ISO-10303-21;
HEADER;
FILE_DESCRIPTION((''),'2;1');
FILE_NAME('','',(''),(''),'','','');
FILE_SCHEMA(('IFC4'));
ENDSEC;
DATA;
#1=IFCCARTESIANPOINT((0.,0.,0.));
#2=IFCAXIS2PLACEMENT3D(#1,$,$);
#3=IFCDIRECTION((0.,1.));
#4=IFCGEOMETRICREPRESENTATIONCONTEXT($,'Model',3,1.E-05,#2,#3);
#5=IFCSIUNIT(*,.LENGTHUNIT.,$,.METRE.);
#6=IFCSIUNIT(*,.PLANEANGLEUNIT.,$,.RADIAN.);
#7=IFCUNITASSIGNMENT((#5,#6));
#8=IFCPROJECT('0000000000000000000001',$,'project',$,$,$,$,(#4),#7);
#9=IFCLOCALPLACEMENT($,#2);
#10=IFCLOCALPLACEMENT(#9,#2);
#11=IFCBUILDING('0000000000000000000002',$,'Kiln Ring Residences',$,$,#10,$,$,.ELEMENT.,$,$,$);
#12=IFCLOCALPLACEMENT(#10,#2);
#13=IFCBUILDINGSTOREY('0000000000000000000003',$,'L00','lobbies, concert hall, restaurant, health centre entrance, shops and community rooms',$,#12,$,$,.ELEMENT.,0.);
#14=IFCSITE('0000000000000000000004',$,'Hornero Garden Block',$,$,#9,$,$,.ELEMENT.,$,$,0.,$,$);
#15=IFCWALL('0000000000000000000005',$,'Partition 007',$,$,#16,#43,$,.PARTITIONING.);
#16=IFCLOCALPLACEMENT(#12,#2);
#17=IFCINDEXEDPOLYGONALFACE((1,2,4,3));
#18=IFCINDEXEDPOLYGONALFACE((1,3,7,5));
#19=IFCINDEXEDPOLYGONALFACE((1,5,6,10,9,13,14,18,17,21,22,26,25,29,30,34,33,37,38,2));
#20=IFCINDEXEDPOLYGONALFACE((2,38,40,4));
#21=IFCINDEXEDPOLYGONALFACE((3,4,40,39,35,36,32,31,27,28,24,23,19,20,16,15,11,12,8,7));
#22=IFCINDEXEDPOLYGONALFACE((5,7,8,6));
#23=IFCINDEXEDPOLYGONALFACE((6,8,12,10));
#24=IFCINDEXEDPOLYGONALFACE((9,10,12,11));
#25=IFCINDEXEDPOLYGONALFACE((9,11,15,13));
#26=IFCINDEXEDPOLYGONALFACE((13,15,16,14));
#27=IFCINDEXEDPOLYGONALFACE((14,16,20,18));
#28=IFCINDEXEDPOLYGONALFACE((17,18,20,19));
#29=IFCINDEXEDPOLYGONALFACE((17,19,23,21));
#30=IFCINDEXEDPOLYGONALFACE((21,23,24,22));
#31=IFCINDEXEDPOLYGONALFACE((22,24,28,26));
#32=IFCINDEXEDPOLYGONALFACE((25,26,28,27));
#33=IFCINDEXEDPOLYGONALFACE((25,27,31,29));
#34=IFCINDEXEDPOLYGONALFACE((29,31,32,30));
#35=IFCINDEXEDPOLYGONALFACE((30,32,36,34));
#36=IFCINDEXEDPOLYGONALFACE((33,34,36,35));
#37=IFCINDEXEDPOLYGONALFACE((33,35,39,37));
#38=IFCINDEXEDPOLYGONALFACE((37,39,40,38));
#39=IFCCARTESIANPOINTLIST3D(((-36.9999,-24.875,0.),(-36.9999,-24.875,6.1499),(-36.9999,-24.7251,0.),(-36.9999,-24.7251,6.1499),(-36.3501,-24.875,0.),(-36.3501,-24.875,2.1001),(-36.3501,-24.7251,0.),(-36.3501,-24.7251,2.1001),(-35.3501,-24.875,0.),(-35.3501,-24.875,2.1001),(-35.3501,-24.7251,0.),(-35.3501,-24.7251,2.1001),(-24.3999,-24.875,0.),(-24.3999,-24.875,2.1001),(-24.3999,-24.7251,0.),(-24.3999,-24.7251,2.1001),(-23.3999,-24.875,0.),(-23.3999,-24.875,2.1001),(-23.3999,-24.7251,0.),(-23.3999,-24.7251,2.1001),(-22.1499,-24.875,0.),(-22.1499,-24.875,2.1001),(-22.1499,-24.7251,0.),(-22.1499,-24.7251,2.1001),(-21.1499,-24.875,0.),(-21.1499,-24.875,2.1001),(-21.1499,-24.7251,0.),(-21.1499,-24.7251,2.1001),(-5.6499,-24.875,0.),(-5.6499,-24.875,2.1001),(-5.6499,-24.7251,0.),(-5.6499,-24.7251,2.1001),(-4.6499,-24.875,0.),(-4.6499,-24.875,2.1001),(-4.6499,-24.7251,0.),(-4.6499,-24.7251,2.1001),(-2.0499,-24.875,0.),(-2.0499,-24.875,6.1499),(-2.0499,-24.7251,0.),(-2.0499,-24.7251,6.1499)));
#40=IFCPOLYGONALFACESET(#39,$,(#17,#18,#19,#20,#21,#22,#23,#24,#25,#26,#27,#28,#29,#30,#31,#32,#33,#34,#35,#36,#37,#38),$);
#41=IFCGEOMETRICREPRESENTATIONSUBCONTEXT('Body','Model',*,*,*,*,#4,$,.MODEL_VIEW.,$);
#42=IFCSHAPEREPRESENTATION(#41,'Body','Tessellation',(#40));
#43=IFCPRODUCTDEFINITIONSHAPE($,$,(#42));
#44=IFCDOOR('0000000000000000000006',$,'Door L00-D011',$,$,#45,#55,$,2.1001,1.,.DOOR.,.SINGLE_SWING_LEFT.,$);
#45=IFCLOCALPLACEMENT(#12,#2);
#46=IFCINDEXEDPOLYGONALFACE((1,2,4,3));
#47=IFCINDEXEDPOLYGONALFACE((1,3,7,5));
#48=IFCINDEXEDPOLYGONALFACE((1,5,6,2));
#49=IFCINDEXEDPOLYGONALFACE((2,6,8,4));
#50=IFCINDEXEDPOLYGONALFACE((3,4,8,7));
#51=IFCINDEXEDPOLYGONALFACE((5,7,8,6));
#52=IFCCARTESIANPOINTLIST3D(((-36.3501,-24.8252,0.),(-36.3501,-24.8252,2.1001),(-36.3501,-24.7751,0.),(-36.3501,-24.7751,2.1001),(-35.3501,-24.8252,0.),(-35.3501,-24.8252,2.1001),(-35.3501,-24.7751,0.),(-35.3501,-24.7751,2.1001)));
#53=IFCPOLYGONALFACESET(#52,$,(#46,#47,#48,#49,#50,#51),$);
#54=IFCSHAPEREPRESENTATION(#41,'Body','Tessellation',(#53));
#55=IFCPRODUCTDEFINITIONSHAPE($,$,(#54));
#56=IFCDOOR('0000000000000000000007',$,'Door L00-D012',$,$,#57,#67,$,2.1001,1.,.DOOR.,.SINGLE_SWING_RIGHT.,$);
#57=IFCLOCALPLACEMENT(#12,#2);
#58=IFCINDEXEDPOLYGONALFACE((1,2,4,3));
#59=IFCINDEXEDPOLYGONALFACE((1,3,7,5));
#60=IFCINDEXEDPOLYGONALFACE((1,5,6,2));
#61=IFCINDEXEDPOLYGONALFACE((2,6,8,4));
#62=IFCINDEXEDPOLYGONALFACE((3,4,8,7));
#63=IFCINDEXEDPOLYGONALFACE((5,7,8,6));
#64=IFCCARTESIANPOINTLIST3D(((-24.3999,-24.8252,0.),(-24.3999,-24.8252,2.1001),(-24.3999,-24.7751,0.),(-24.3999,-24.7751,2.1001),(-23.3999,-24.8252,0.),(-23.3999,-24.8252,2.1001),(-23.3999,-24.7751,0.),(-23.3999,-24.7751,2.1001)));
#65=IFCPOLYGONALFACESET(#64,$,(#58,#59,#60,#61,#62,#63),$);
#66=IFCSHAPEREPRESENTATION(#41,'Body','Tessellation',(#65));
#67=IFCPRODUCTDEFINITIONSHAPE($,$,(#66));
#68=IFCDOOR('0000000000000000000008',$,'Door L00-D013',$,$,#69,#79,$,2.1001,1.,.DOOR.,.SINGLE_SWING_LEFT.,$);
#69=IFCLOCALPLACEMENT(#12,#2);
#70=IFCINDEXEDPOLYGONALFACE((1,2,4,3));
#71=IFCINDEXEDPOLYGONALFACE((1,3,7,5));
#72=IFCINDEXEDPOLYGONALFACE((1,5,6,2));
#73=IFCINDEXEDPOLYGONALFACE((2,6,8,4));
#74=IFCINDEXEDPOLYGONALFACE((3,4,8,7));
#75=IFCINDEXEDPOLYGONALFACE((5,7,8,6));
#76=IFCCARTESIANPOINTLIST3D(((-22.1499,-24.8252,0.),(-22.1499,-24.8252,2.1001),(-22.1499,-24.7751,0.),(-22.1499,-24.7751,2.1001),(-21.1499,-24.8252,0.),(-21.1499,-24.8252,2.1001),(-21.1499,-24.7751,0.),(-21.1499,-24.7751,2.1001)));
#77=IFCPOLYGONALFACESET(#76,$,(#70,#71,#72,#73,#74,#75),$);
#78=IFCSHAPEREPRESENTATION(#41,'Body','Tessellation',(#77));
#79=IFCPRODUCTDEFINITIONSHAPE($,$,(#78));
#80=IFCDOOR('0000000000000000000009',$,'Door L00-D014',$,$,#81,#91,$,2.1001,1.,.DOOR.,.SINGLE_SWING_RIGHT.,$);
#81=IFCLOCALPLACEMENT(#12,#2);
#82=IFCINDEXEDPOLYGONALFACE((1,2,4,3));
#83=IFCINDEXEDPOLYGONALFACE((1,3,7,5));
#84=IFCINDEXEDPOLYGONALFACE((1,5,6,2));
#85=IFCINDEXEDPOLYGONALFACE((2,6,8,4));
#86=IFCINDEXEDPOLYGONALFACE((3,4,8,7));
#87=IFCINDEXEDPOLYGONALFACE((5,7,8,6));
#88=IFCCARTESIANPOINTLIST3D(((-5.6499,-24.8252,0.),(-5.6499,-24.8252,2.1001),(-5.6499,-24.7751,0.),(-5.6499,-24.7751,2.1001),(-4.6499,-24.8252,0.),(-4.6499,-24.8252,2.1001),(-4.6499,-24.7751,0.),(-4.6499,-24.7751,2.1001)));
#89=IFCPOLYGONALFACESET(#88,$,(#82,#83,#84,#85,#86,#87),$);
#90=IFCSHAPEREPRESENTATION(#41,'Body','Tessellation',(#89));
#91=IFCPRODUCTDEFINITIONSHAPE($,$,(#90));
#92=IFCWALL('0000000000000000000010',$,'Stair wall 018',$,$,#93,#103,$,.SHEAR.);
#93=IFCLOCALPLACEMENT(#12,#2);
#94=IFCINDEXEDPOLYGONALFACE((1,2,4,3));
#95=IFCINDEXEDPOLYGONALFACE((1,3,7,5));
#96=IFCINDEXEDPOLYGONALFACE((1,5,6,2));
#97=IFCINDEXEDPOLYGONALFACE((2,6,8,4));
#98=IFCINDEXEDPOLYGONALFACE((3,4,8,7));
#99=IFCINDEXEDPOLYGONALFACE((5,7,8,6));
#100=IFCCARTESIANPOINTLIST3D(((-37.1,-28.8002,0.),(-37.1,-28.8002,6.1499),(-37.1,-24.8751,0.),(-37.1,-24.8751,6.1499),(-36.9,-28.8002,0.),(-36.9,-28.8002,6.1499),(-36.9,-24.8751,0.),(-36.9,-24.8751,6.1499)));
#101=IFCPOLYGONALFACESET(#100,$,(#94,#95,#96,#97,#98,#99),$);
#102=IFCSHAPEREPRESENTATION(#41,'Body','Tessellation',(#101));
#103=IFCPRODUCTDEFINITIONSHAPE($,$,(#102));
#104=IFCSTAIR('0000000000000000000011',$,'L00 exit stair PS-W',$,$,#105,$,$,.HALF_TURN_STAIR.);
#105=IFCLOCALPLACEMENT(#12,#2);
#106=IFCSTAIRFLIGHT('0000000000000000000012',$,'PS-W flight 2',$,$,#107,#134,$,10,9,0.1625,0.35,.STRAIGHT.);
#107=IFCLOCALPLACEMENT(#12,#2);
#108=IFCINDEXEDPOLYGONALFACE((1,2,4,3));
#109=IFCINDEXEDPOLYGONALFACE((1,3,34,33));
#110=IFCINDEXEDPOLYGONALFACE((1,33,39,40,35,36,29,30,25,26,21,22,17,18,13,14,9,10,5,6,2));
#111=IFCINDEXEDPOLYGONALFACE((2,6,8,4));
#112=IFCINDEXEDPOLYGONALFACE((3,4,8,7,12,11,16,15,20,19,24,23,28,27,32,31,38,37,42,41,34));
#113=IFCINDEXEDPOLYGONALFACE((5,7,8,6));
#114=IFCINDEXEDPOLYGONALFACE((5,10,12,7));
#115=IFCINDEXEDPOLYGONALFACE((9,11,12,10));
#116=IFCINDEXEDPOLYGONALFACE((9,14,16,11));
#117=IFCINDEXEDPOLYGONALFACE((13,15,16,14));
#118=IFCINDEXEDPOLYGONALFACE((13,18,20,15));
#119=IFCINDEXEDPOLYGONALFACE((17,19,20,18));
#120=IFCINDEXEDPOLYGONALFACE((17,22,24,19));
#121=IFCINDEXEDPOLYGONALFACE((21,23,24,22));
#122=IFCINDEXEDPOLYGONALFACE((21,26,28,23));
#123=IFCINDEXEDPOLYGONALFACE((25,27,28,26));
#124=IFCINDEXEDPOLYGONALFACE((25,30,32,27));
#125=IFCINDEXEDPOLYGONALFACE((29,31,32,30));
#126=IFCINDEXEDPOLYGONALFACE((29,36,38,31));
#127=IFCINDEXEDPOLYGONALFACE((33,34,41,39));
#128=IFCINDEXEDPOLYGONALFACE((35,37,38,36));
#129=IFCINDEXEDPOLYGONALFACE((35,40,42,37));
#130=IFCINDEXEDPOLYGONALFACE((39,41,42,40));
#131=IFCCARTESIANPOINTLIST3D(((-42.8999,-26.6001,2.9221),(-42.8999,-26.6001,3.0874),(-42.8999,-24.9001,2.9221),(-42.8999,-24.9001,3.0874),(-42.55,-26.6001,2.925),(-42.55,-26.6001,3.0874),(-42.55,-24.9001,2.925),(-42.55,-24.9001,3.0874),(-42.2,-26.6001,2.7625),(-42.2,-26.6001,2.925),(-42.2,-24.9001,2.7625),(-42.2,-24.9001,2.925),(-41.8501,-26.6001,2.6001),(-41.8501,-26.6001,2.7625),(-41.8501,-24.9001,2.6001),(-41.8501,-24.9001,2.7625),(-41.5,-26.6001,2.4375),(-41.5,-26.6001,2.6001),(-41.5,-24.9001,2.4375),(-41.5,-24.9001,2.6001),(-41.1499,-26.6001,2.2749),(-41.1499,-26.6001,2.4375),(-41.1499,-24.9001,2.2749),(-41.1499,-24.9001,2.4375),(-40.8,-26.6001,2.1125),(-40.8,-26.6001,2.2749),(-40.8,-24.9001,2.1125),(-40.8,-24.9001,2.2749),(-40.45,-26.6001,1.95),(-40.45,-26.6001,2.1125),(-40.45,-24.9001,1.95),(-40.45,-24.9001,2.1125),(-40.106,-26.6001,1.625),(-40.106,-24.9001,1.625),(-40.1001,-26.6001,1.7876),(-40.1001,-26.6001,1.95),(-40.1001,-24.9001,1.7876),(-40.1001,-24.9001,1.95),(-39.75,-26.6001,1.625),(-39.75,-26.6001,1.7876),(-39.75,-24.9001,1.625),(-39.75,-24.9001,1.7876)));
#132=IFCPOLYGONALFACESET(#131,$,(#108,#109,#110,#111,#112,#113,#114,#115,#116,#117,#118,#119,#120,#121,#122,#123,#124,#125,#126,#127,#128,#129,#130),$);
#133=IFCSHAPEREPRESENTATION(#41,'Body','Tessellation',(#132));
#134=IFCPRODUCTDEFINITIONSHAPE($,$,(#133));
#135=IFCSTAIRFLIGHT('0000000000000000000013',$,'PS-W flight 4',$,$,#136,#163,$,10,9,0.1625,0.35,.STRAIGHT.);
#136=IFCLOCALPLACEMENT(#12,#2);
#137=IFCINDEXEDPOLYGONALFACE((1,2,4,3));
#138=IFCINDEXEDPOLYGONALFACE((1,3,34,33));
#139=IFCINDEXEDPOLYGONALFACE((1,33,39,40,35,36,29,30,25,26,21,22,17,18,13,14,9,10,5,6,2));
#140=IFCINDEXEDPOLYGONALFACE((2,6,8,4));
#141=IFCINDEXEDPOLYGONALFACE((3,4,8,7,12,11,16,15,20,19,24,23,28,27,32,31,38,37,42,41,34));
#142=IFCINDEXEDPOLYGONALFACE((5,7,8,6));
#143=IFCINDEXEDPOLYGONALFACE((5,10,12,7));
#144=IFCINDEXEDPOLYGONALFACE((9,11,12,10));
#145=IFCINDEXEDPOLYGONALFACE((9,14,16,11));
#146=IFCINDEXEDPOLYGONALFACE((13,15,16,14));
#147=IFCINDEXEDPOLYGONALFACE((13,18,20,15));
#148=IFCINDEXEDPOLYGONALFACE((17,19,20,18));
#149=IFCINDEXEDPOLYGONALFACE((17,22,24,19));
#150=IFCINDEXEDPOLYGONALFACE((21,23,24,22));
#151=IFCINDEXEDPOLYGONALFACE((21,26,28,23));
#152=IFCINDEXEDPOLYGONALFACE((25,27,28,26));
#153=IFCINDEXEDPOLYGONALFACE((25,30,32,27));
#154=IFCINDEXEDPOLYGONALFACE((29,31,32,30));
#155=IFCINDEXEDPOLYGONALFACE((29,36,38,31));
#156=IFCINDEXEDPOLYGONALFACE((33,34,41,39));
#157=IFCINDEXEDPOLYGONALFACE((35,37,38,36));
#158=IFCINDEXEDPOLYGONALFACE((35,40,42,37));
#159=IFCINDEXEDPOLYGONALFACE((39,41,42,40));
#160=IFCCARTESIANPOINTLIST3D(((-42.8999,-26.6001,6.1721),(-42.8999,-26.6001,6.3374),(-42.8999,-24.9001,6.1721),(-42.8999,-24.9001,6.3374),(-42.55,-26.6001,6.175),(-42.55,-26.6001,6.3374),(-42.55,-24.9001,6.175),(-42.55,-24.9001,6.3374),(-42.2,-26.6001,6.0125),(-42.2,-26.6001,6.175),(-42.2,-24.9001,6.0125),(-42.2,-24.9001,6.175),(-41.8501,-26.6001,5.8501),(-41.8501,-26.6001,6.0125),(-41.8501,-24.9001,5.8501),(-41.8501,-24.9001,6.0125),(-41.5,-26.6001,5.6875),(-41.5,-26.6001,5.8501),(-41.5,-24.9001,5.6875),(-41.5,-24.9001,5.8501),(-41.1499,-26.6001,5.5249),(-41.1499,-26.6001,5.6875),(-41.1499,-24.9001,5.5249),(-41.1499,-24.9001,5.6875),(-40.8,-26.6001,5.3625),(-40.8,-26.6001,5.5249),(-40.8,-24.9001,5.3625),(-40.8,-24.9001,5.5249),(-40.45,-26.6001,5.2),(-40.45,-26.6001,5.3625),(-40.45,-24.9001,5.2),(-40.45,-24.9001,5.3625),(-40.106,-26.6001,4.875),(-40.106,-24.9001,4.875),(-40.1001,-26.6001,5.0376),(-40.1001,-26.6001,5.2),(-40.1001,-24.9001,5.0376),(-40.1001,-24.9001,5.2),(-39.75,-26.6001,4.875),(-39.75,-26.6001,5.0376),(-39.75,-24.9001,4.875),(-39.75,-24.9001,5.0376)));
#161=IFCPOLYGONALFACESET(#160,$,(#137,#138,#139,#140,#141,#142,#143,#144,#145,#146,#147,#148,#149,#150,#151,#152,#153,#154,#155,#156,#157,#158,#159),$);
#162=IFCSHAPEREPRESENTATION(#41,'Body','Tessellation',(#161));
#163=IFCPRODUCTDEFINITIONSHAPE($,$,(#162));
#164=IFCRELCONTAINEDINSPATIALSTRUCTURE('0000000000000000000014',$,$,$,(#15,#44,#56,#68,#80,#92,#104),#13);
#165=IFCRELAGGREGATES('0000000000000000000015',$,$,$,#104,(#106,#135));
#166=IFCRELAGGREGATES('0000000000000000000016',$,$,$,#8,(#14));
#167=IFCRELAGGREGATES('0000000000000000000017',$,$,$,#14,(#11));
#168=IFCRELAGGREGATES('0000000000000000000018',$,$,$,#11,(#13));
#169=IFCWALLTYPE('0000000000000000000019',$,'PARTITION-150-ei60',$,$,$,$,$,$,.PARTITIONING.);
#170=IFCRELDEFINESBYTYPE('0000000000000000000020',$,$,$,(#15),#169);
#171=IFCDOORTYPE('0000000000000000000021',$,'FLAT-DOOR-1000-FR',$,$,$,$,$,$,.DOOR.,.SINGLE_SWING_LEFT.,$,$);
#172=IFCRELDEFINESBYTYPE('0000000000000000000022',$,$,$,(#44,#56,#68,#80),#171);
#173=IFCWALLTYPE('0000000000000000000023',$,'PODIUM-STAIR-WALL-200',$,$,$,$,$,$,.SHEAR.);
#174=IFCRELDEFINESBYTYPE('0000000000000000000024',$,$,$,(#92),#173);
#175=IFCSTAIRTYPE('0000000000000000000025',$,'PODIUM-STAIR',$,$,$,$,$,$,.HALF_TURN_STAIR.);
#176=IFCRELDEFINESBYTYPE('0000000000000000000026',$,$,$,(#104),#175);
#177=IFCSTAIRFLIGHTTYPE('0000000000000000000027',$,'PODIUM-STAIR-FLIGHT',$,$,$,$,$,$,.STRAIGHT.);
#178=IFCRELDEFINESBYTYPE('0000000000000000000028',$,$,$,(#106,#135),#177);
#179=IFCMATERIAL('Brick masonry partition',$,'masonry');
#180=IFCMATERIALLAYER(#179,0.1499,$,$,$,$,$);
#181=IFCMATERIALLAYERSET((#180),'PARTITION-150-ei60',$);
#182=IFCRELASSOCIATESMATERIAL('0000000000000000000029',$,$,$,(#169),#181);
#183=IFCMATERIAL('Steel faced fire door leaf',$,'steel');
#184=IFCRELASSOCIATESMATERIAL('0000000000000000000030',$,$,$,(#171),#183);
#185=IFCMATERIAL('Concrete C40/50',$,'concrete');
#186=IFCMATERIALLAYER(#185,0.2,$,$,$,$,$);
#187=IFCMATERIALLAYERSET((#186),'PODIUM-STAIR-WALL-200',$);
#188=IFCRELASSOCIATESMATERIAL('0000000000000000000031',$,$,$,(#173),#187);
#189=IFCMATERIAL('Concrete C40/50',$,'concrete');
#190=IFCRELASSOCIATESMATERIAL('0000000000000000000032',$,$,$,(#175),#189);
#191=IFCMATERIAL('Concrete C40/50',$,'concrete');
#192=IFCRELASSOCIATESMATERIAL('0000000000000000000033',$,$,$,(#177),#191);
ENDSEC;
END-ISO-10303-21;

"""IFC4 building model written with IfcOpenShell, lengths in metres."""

from ifc_helpers import new_model, si_unit, direction, frame, frame_2d, origin, place, context, subcontext, project, spatial, polyline, rectangle, outline, extrude, material, layer, layer_set, type_object, element, fill, aggregate, save


model = new_model("IFC4")

# Units and contexts
model_context = context("Model", 3, precision=1e-05, world=origin(), true_north=direction((0.0, 1.0)))
body_context = subcontext(model_context, "Body", "Model", "MODEL_VIEW")
ifc_project = project(units=[si_unit("LENGTHUNIT", "METRE"), si_unit("PLANEANGLEUNIT", "RADIAN")], contexts=[model_context])

# Site, building, storey
site_placement = place(None, origin())
site = spatial("IfcSite", under=ifc_project, at=site_placement, Name="Hornero Garden Block", CompositionType="ELEMENT", RefElevation=0.0)
building_placement = place(site_placement, origin())
building = spatial("IfcBuilding", under=site, at=building_placement, Name="Kiln Ring Residences", CompositionType="ELEMENT")
storey_placement = place(building_placement, origin())
storey = spatial("IfcBuildingStorey", under=building, at=storey_placement, Name="L00", Description="lobbies, concert hall, restaurant, health centre entrance, shops and community rooms", CompositionType="ELEMENT", Elevation=0.0)

# Shared definitions
placement = place(storey_placement, origin())

# Wall, openings, doors
ifc_material_1 = material(Name="Brick masonry partition", Category="masonry")
ifc_layer_1 = layer(ifc_material_1, 0.1499)
ifc_layer_set_1 = layer_set([ifc_layer_1], Name="PARTITION-150-ei60")
wall_type_1 = type_object("IfcWallType", Name="PARTITION-150-ei60", PredefinedType="PARTITIONING", material=ifc_layer_set_1)
wall_1_placement = place(storey_placement, frame((-37.0, -24.8, 0.0), z_axis=(0.0, 0.0, 1.0), x_axis=(1.0, 0.0, 0.0)))
wall_1 = element("IfcWall", 1, at=wall_1_placement, inside=storey, type_object=wall_type_1, Name="Partition 007", PredefinedType="PARTITIONING", context=body_context, shape_type="SweptSolid", body=[
    extrude(rectangle(XDim=34.95, YDim=0.1499, at=frame_2d((17.4751, 0.0))), origin(), (0.0, 0.0, 1.0), 6.1499),
])
opening_1_placement = place(wall_1_placement, frame((0.6499, 0.0, 0.0)))
opening_1 = element("IfcOpeningElement", 2, at=opening_1_placement, cuts=wall_1, PredefinedType="OPENING", context=body_context, shape_type="SweptSolid", body=[
    extrude(rectangle(XDim=1.0, YDim=2.1001, at=frame_2d((0.5, 1.05))), frame((0.0, 0.085, 0.0), z_axis=(0.0, -1.0, 0.0), x_axis=(1.0, 0.0, 0.0)), (0.0, 0.0, 1.0), 0.1699),
])
opening_2_placement = place(wall_1_placement, frame((12.6001, 0.0, 0.0)))
opening_2 = element("IfcOpeningElement", 3, at=opening_2_placement, cuts=wall_1, PredefinedType="OPENING", context=body_context, shape_type="SweptSolid", body=[
    extrude(rectangle(XDim=1.0, YDim=2.1001, at=frame_2d((0.5, 1.05))), frame((0.0, 0.085, 0.0), z_axis=(0.0, -1.0, 0.0), x_axis=(1.0, 0.0, 0.0)), (0.0, 0.0, 1.0), 0.1699),
])
opening_3_placement = place(wall_1_placement, frame((14.8501, 0.0, 0.0)))
opening_3 = element("IfcOpeningElement", 4, at=opening_3_placement, cuts=wall_1, PredefinedType="OPENING", context=body_context, shape_type="SweptSolid", body=[
    extrude(rectangle(XDim=1.0, YDim=2.1001, at=frame_2d((0.5, 1.05))), frame((0.0, 0.085, 0.0), z_axis=(0.0, -1.0, 0.0), x_axis=(1.0, 0.0, 0.0)), (0.0, 0.0, 1.0), 0.1699),
])
opening_4_placement = place(wall_1_placement, frame((31.3501, 0.0, 0.0)))
opening_4 = element("IfcOpeningElement", 5, at=opening_4_placement, cuts=wall_1, PredefinedType="OPENING", context=body_context, shape_type="SweptSolid", body=[
    extrude(rectangle(XDim=1.0, YDim=2.1001, at=frame_2d((0.5, 1.05))), frame((0.0, 0.085, 0.0), z_axis=(0.0, -1.0, 0.0), x_axis=(1.0, 0.0, 0.0)), (0.0, 0.0, 1.0), 0.1699),
])
ifc_material_2 = material(Name="Steel faced fire door leaf", Category="steel")
door_type = type_object("IfcDoorType", Name="FLAT-DOOR-1000-FR", OperationType="SINGLE_SWING_LEFT", PredefinedType="DOOR", material=ifc_material_2)
door_1_placement = place(opening_1_placement, origin())
door_1 = element("IfcDoor", 6, at=door_1_placement, inside=storey, type_object=door_type, Name="Door L00-D011", OperationType="SINGLE_SWING_LEFT", OverallHeight=2.1001, OverallWidth=1.0, PredefinedType="DOOR", context=body_context, shape_type="SweptSolid", body=[
    extrude(rectangle(XDim=1.0, YDim=2.1001, at=frame_2d((0.5, 1.05))), frame((0.0, 0.0249, 0.0), z_axis=(0.0, -1.0, 0.0), x_axis=(1.0, 0.0, 0.0)), (0.0, 0.0, 1.0), 0.05),
])
fill(opening_1, door_1)
door_2_placement = place(opening_2_placement, origin())
door_2 = element("IfcDoor", 7, at=door_2_placement, inside=storey, type_object=door_type, Name="Door L00-D012", OperationType="SINGLE_SWING_RIGHT", OverallHeight=2.1001, OverallWidth=1.0, PredefinedType="DOOR", context=body_context, shape_type="SweptSolid", body=[
    extrude(rectangle(XDim=1.0, YDim=2.1001, at=frame_2d((0.5, 1.05))), frame((0.0, 0.0249, 0.0), z_axis=(0.0, -1.0, 0.0), x_axis=(1.0, 0.0, 0.0)), (0.0, 0.0, 1.0), 0.05),
])
fill(opening_2, door_2)
door_3_placement = place(opening_3_placement, origin())
door_3 = element("IfcDoor", 8, at=door_3_placement, inside=storey, type_object=door_type, Name="Door L00-D013", OperationType="SINGLE_SWING_LEFT", OverallHeight=2.1001, OverallWidth=1.0, PredefinedType="DOOR", context=body_context, shape_type="SweptSolid", body=[
    extrude(rectangle(XDim=1.0, YDim=2.1001, at=frame_2d((0.5, 1.05))), frame((0.0, 0.0249, 0.0), z_axis=(0.0, -1.0, 0.0), x_axis=(1.0, 0.0, 0.0)), (0.0, 0.0, 1.0), 0.05),
])
fill(opening_3, door_3)
door_4_placement = place(opening_4_placement, origin())
door_4 = element("IfcDoor", 9, at=door_4_placement, inside=storey, type_object=door_type, Name="Door L00-D014", OperationType="SINGLE_SWING_RIGHT", OverallHeight=2.1001, OverallWidth=1.0, PredefinedType="DOOR", context=body_context, shape_type="SweptSolid", body=[
    extrude(rectangle(XDim=1.0, YDim=2.1001, at=frame_2d((0.5, 1.05))), frame((0.0, 0.0249, 0.0), z_axis=(0.0, -1.0, 0.0), x_axis=(1.0, 0.0, 0.0)), (0.0, 0.0, 1.0), 0.05),
])
fill(opening_4, door_4)

# Wall
ifc_material_3 = material(Name="Concrete C40/50", Category="concrete")
ifc_layer_2 = layer(ifc_material_3, 0.2)
ifc_layer_set_2 = layer_set([ifc_layer_2], Name="PODIUM-STAIR-WALL-200")
wall_type_2 = type_object("IfcWallType", Name="PODIUM-STAIR-WALL-200", PredefinedType="SHEAR", material=ifc_layer_set_2)
wall_2_placement = place(storey_placement, frame((-37.0, -28.8, 0.0), z_axis=(0.0, 0.0, 1.0), x_axis=(0.0, 1.0, 0.0)))
element("IfcWall", 10, at=wall_2_placement, inside=storey, type_object=wall_type_2, Name="Stair wall 018", PredefinedType="SHEAR", context=body_context, shape_type="SweptSolid", body=[
    extrude(rectangle(XDim=3.925, YDim=0.2, at=frame_2d((1.9624, 0.0))), origin(), (0.0, 0.0, 1.0), 6.1499),
])

# Stair, stair flights
ifc_material_4 = material(Name="Concrete C40/50", Category="concrete")
stair_type = type_object("IfcStairType", Name="PODIUM-STAIR", PredefinedType="HALF_TURN_STAIR", material=ifc_material_4)
stair = element("IfcStair", 11, at=placement, inside=storey, type_object=stair_type, Name="L00 exit stair PS-W", PredefinedType="HALF_TURN_STAIR")
ifc_material_5 = material(Name="Concrete C40/50", Category="concrete")
stair_flight_type = type_object("IfcStairFlightType", Name="PODIUM-STAIR-FLIGHT", PredefinedType="STRAIGHT", material=ifc_material_5)
stair_flight_1_placement = place(storey_placement, frame((-39.75, -25.75, 1.625), z_axis=(0.0, 0.0, 1.0), x_axis=(-1.0, 0.0, 0.0)))
stair_flight_1 = element("IfcStairFlight", 12, at=stair_flight_1_placement, type_object=stair_flight_type, Name="PS-W flight 2", NumberOfRisers=10, NumberOfTreads=9, PredefinedType="STRAIGHT", RiserHeight=0.1625, TreadLength=0.35, context=body_context, shape_type="SweptSolid", body=[
    extrude(outline(polyline([(0.0, 0.0), (0.0, 0.1626), (0.3501, 0.1626), (0.3501, 0.325), (0.7, 0.325), (0.7, 0.4875), (1.05, 0.4875), (1.05, 0.6499), (1.3999, 0.6499), (1.3999, 0.8125), (1.75, 0.8125), (1.75, 0.9751), (2.1001, 0.9751), (2.1001, 1.1375), (2.45, 1.1375), (2.45, 1.3), (2.8, 1.3), (2.8, 1.4624), (3.1499, 1.4624), (3.1499, 1.625), (3.1499, 1.2971), (0.356, 0.0), (0.0, 0.0)])), frame((0.0, 0.8501, 0.0), z_axis=(0.0, -1.0, 0.0), x_axis=(1.0, 0.0, 0.0)), (0.0, 0.0, 1.0), 1.7),
])
stair_flight_2_placement = place(storey_placement, frame((-39.75, -25.75, 4.875), z_axis=(0.0, 0.0, 1.0), x_axis=(-1.0, 0.0, 0.0)))
stair_flight_2 = element("IfcStairFlight", 13, at=stair_flight_2_placement, type_object=stair_flight_type, Name="PS-W flight 4", NumberOfRisers=10, NumberOfTreads=9, PredefinedType="STRAIGHT", RiserHeight=0.1625, TreadLength=0.35, context=body_context, shape_type="SweptSolid", body=[
    extrude(outline(polyline([(0.0, 0.0), (0.0, 0.1626), (0.3501, 0.1626), (0.3501, 0.325), (0.7, 0.325), (0.7, 0.4875), (1.05, 0.4875), (1.05, 0.6499), (1.3999, 0.6499), (1.3999, 0.8125), (1.75, 0.8125), (1.75, 0.9751), (2.1001, 0.9751), (2.1001, 1.1375), (2.45, 1.1375), (2.45, 1.3), (2.8, 1.3), (2.8, 1.4624), (3.1499, 1.4624), (3.1499, 1.625), (3.1499, 1.2971), (0.356, 0.0), (0.0, 0.0)])), frame((0.0, 0.8501, 0.0), z_axis=(0.0, -1.0, 0.0), x_axis=(1.0, 0.0, 0.0)), (0.0, 0.0, 1.0), 1.7),
])
aggregate(stair, [stair_flight_1, stair_flight_2])

save(model, "model.ifc")
